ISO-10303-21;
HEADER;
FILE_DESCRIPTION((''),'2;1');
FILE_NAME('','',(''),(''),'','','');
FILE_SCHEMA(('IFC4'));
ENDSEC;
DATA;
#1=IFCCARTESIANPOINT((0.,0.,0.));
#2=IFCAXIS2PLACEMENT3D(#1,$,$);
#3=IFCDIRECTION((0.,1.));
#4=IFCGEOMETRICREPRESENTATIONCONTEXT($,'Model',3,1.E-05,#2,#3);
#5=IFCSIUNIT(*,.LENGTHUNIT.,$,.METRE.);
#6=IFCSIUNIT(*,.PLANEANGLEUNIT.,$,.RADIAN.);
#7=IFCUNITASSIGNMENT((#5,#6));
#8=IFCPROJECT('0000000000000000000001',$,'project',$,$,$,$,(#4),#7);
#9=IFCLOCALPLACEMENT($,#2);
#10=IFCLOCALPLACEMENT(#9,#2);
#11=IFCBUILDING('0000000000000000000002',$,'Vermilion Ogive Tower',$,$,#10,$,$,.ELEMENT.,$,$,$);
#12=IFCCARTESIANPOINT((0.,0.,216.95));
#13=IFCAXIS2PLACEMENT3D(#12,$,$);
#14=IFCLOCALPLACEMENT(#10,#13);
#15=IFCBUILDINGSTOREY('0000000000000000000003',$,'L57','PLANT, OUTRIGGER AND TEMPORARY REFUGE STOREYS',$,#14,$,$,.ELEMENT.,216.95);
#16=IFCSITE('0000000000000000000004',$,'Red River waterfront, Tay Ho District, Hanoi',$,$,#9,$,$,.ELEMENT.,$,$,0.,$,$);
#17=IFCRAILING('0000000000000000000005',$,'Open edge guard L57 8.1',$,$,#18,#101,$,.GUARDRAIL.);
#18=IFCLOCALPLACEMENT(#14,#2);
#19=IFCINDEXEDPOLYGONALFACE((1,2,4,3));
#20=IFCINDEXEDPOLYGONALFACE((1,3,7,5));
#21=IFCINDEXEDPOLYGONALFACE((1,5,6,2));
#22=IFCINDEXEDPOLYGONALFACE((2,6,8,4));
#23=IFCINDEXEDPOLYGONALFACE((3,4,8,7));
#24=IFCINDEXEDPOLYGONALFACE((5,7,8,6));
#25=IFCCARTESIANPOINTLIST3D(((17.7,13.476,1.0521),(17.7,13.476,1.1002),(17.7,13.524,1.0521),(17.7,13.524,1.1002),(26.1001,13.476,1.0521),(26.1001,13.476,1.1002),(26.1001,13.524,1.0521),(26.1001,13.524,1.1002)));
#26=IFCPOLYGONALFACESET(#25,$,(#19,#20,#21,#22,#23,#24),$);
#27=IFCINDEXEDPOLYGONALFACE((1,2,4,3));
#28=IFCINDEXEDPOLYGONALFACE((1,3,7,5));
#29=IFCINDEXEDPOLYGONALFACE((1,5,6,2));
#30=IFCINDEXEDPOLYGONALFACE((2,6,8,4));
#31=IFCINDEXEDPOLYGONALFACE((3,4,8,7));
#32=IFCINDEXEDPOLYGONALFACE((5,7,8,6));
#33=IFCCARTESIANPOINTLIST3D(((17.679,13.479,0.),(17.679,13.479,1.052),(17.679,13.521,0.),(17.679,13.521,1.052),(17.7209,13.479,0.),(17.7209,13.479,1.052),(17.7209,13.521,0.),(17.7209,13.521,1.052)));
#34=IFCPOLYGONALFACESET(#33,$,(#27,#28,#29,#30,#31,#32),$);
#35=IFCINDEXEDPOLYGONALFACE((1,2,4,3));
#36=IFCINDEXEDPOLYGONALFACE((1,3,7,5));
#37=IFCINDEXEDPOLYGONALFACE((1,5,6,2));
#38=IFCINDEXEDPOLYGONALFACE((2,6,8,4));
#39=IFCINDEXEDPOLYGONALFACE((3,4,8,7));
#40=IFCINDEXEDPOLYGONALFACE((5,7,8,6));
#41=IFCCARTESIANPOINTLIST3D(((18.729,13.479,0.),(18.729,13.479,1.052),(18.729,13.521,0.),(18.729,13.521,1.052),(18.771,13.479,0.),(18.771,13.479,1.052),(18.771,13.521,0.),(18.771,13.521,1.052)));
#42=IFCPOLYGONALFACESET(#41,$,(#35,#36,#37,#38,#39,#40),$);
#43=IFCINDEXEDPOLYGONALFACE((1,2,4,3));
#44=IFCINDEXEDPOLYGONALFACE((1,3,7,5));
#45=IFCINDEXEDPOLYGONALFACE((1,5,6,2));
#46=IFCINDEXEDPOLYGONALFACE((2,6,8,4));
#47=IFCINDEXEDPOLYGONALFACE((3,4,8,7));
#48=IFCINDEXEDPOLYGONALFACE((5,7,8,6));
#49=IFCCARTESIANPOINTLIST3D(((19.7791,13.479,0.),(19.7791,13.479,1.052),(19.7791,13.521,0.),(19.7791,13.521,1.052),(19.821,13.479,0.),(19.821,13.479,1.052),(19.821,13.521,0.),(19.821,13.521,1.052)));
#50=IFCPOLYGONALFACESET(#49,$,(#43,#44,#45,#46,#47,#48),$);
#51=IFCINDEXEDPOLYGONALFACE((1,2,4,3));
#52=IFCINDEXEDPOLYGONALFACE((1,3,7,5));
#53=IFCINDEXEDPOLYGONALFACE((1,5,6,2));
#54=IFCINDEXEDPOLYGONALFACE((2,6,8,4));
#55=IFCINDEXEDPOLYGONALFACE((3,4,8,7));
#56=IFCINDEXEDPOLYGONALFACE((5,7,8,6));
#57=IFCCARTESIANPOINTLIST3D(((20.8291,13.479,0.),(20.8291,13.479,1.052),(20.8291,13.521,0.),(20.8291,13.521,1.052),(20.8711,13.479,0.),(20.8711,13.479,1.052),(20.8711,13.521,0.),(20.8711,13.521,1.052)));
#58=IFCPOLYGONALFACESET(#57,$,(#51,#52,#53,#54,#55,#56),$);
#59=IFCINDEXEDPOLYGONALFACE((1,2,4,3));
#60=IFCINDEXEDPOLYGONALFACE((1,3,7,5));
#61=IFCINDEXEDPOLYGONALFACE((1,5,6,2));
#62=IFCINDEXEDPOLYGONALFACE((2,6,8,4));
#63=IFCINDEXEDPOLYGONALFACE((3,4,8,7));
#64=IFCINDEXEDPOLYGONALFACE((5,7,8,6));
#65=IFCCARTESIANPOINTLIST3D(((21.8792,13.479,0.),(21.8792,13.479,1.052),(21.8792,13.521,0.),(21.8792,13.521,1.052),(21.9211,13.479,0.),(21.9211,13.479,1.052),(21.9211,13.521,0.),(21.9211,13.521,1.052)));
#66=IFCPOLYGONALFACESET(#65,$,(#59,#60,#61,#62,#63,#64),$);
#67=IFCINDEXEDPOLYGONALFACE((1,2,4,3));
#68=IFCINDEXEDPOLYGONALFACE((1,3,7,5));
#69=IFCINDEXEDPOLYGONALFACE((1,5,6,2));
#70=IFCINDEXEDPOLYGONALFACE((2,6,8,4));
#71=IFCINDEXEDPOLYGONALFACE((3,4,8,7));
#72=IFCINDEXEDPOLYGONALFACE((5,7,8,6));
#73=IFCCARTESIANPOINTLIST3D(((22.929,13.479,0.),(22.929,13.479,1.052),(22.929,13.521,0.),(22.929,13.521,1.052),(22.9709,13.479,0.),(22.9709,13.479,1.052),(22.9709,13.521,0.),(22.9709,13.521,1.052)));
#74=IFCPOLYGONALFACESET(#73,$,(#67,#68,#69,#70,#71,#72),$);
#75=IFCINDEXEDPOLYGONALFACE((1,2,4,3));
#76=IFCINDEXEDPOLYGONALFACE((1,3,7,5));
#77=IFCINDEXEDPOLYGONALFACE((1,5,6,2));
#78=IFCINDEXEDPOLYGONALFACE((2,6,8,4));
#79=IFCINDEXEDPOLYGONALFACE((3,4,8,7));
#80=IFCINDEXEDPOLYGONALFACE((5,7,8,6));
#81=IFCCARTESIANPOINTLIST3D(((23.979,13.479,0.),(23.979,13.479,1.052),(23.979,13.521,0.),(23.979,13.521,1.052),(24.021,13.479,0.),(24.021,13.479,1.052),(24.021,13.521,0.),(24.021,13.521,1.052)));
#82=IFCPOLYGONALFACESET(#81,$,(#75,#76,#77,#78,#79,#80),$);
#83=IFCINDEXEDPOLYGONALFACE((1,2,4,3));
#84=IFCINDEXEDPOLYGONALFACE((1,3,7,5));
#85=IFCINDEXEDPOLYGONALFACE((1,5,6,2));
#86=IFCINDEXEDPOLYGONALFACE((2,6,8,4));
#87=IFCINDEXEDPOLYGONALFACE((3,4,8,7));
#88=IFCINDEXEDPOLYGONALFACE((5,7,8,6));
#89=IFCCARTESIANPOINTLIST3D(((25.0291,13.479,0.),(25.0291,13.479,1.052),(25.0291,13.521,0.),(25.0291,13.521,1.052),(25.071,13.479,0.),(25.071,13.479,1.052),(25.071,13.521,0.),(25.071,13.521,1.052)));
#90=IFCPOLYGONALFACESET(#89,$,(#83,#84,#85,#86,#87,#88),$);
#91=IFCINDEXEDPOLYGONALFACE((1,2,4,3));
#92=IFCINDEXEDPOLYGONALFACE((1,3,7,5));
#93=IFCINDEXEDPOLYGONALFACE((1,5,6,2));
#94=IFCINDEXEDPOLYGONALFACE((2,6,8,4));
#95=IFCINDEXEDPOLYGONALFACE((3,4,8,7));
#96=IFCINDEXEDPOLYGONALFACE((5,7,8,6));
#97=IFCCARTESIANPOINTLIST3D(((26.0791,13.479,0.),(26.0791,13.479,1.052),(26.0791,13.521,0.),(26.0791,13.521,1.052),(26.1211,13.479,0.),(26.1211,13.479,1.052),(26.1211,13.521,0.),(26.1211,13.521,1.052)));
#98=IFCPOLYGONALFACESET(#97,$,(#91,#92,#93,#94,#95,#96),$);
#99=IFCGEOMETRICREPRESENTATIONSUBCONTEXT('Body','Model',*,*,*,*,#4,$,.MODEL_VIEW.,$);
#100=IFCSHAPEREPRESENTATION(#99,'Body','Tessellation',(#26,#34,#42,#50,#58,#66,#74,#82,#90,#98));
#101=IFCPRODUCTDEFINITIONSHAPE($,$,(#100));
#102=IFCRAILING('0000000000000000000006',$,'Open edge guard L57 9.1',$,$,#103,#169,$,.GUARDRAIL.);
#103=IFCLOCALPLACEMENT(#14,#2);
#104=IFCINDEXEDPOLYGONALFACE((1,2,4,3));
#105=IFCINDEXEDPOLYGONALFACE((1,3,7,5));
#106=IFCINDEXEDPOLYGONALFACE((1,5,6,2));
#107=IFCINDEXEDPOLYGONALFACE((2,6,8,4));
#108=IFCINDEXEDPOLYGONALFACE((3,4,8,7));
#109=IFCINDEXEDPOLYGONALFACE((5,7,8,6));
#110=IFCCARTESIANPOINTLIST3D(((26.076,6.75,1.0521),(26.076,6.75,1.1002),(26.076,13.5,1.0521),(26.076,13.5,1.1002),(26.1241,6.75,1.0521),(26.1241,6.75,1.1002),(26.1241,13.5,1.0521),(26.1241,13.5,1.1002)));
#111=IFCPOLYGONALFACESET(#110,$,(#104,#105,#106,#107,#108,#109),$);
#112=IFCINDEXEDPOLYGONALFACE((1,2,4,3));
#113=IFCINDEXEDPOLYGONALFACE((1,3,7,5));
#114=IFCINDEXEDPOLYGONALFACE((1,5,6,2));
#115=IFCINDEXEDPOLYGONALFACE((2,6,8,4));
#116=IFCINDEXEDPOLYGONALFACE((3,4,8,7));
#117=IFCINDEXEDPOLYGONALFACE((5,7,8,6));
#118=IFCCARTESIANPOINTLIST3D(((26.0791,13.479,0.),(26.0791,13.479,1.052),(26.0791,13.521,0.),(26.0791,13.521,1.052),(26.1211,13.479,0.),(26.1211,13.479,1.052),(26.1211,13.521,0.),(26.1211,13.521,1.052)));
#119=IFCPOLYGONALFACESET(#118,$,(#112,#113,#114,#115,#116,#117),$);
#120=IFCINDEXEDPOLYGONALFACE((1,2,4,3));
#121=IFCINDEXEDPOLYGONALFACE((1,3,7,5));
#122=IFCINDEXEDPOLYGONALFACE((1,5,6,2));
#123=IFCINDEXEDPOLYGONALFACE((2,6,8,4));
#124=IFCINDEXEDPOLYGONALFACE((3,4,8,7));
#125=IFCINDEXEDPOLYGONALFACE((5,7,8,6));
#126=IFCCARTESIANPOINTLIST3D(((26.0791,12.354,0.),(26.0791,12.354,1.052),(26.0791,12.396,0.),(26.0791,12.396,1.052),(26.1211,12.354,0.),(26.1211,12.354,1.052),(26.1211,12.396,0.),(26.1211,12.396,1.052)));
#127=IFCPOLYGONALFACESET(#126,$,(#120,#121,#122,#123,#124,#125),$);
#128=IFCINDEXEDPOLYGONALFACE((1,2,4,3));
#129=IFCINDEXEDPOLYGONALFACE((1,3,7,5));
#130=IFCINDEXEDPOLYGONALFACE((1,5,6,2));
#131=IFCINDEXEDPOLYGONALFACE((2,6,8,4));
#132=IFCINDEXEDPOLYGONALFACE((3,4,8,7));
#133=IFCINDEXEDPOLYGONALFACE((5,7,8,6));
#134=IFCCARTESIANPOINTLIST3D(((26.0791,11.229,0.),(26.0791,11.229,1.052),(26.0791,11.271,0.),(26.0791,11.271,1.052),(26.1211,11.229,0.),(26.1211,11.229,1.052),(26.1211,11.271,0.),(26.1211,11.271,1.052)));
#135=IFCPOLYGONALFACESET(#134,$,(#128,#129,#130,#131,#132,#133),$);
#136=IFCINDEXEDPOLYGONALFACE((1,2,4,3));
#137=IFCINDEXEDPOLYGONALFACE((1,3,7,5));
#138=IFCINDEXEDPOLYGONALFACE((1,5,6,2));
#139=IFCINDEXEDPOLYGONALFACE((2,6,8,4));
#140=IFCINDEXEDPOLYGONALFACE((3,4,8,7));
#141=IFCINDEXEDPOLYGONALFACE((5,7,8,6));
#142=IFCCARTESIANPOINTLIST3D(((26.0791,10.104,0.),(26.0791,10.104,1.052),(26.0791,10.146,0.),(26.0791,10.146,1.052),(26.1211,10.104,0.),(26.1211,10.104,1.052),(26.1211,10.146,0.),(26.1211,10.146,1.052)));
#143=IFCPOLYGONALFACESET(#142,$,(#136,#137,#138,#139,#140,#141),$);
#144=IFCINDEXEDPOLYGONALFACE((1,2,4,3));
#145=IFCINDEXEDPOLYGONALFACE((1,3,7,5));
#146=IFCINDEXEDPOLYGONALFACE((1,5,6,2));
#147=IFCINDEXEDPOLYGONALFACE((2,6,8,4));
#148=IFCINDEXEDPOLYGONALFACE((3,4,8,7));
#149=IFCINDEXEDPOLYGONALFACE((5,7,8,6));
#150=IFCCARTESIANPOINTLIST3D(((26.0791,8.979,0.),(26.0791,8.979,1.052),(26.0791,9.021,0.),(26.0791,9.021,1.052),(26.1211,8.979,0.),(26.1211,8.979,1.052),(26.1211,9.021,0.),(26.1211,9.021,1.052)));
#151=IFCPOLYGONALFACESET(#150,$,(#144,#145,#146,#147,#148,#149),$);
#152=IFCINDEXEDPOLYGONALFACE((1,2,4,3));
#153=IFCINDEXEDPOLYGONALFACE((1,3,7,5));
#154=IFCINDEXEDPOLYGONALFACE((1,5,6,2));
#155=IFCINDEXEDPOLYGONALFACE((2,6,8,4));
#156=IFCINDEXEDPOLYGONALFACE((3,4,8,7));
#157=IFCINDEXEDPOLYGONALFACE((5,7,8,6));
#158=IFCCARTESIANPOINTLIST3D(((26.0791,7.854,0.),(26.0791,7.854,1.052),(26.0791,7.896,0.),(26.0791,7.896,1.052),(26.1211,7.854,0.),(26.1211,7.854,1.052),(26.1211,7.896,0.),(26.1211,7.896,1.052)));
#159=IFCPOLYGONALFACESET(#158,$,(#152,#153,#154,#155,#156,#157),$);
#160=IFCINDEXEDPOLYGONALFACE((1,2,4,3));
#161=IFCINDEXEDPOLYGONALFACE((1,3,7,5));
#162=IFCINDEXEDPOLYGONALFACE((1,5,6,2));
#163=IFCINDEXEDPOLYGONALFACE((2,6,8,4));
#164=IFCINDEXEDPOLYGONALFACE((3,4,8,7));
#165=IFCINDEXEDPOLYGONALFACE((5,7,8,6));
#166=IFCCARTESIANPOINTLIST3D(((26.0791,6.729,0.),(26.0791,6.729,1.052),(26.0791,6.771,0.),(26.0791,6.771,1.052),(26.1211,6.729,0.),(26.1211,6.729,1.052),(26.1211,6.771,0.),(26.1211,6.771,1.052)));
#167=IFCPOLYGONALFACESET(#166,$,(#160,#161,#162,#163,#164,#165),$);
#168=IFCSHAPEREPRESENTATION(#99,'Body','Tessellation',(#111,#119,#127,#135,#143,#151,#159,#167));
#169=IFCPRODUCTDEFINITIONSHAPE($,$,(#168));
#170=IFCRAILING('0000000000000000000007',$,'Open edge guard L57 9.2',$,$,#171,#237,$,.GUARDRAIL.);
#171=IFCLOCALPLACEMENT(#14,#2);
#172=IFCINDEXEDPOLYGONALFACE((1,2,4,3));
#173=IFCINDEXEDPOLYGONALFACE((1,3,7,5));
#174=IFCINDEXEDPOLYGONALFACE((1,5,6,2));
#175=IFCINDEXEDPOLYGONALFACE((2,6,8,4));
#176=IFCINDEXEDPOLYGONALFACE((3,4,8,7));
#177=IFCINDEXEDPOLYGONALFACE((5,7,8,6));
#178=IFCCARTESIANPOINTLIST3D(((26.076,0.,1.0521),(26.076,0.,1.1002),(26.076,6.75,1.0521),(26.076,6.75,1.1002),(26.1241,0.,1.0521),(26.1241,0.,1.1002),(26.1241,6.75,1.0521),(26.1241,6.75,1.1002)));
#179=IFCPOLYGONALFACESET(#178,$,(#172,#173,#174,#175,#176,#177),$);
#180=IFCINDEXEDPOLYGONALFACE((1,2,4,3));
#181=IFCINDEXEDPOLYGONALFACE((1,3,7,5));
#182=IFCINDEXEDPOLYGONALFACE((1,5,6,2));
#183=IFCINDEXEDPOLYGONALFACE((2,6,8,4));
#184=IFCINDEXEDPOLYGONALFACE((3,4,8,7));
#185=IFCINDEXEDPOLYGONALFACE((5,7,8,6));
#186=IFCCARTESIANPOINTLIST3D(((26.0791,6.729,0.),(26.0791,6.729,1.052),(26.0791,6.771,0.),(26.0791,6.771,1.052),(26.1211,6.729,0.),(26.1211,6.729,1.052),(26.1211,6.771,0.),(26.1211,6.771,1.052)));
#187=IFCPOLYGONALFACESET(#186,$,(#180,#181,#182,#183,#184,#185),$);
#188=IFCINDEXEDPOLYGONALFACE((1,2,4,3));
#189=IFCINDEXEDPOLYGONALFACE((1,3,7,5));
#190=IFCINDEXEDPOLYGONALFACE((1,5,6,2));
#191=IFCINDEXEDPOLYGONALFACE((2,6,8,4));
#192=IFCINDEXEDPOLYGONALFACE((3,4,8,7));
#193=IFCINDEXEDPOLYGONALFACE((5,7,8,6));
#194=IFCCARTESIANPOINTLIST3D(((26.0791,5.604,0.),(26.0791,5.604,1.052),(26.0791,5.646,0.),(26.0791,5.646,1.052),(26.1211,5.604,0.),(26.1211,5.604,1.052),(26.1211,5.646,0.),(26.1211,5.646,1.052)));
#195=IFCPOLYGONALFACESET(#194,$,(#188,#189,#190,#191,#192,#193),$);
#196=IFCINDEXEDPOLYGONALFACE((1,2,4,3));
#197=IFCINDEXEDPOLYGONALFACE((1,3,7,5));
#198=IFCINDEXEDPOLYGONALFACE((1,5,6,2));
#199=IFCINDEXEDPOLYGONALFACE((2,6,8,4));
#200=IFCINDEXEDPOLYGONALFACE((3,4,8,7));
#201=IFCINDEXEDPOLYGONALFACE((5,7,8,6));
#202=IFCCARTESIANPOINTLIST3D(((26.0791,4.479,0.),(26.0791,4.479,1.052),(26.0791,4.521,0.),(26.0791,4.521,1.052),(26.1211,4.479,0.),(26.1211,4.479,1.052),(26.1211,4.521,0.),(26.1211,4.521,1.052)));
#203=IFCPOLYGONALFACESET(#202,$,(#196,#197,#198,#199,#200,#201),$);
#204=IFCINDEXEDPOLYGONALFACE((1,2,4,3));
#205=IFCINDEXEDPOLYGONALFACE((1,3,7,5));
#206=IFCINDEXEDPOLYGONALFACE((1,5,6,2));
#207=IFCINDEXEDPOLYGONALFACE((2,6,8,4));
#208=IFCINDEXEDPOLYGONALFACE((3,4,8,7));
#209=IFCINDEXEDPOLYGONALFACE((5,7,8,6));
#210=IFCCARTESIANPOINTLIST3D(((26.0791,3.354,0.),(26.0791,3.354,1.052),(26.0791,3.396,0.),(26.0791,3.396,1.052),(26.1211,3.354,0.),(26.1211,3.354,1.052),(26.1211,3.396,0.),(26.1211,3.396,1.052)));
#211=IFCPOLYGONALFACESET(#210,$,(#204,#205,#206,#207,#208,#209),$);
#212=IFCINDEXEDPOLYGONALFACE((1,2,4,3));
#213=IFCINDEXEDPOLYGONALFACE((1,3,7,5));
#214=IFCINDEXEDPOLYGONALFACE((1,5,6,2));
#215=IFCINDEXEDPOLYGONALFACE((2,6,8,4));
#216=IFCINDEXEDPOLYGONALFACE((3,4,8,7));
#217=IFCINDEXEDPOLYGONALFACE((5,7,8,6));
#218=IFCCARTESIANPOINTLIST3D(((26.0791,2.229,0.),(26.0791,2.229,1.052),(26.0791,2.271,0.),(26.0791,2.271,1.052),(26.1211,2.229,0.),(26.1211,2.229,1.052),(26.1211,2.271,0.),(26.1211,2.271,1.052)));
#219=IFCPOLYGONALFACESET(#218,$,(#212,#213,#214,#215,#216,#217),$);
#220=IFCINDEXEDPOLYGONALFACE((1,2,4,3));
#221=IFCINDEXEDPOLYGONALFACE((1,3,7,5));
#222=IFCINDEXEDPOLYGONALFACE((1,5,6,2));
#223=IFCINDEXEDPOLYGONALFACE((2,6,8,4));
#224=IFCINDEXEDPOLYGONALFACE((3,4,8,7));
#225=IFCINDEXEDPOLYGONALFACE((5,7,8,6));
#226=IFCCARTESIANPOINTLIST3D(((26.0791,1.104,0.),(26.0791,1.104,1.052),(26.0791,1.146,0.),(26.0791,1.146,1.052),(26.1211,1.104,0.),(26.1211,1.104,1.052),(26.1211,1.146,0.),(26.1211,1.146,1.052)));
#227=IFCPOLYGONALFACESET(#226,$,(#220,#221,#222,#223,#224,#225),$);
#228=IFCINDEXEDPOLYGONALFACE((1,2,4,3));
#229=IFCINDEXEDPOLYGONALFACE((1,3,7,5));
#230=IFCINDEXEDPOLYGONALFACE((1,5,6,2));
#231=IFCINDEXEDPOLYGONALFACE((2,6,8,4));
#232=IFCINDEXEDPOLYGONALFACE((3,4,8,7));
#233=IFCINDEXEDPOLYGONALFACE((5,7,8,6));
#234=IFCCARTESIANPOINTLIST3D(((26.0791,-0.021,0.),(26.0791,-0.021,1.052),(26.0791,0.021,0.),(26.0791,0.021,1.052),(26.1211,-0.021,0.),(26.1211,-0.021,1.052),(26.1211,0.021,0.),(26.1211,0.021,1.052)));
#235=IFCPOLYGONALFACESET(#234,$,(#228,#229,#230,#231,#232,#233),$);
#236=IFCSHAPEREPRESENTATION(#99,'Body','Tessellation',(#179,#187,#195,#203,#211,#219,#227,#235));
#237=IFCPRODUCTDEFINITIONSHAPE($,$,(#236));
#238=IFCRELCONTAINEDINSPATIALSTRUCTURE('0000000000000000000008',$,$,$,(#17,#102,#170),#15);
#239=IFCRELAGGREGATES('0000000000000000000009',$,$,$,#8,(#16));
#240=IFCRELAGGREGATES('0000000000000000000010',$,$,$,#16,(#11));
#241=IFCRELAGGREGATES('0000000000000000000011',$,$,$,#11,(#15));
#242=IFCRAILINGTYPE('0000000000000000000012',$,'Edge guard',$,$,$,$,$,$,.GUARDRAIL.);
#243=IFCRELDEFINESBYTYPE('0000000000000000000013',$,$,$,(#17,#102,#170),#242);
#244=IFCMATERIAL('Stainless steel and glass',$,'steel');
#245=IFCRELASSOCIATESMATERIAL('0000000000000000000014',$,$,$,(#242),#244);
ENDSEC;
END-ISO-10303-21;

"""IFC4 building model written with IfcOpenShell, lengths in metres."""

from ifc_helpers import new_model, si_unit, direction, frame, origin, origin_2d, place, context, subcontext, project, spatial, rectangle, extrude, material, type_object, element, save


model = new_model("IFC4")

# Units and contexts
model_context = context("Model", 3, precision=1e-05, world=origin(), true_north=direction((0.0, 1.0)))
body_context = subcontext(model_context, "Body", "Model", "MODEL_VIEW")
ifc_project = project(units=[si_unit("LENGTHUNIT", "METRE"), si_unit("PLANEANGLEUNIT", "RADIAN")], contexts=[model_context])

# Site, building, storey
site_placement = place(None, origin())
site = spatial("IfcSite", under=ifc_project, at=site_placement, Name="Red River waterfront, Tay Ho District, Hanoi", CompositionType="ELEMENT", RefElevation=0.0)
building_placement = place(site_placement, origin())
building = spatial("IfcBuilding", under=site, at=building_placement, Name="Vermilion Ogive Tower", CompositionType="ELEMENT")
storey_placement = place(building_placement, frame((0.0, 0.0, 216.95)))
storey = spatial("IfcBuildingStorey", under=building, at=storey_placement, Name="L57", Description="PLANT, OUTRIGGER AND TEMPORARY REFUGE STOREYS", CompositionType="ELEMENT", Elevation=216.95)

# Railings
ifc_material_1 = material(Name="Stainless steel and glass", Category="steel")
railing_type = type_object("IfcRailingType", Name="Edge guard", PredefinedType="GUARDRAIL", material=ifc_material_1)
railing_1_placement = place(storey_placement, frame((17.7, 13.5, 0.0)))
element("IfcRailing", 1, at=railing_1_placement, inside=storey, type_object=railing_type, Name="Open edge guard L57 8.1", PredefinedType="GUARDRAIL", context=body_context, shape_type="SweptSolid", body=[
    extrude(rectangle(XDim=0.0481, YDim=0.0481, at=origin_2d()), frame((0.0, 0.0, 1.0762), z_axis=(1.0, 0.0, 0.0), x_axis=(0.0, 1.0, 0.0)), (0.0, 0.0, 1.0), 8.4001),
    extrude(rectangle(XDim=0.042, YDim=0.042, at=origin_2d()), origin(), (0.0, 0.0, 1.0), 1.052),
    extrude(rectangle(XDim=0.042, YDim=0.042, at=origin_2d()), frame((1.05, 0.0, 0.0)), (0.0, 0.0, 1.0), 1.052),
    extrude(rectangle(XDim=0.042, YDim=0.042, at=origin_2d()), frame((2.1001, 0.0, 0.0)), (0.0, 0.0, 1.0), 1.052),
    extrude(rectangle(XDim=0.042, YDim=0.042, at=origin_2d()), frame((3.1501, 0.0, 0.0)), (0.0, 0.0, 1.0), 1.052),
    extrude(rectangle(XDim=0.042, YDim=0.042, at=origin_2d()), frame((4.2002, 0.0, 0.0)), (0.0, 0.0, 1.0), 1.052),
    extrude(rectangle(XDim=0.042, YDim=0.042, at=origin_2d()), frame((5.25, 0.0, 0.0)), (0.0, 0.0, 1.0), 1.052),
    extrude(rectangle(XDim=0.042, YDim=0.042, at=origin_2d()), frame((6.3, 0.0, 0.0)), (0.0, 0.0, 1.0), 1.052),
    extrude(rectangle(XDim=0.042, YDim=0.042, at=origin_2d()), frame((7.3501, 0.0, 0.0)), (0.0, 0.0, 1.0), 1.052),
    extrude(rectangle(XDim=0.042, YDim=0.042, at=origin_2d()), frame((8.4001, 0.0, 0.0)), (0.0, 0.0, 1.0), 1.052),
])
for number, where, name in (
    (2, (26.1001, 13.5, 0.0), "Open edge guard L57 9.1"),
    (3, (26.1001, 6.75, 0.0), "Open edge guard L57 9.2"),
):
    element("IfcRailing", number, at=place(storey_placement, frame(where)), inside=storey, type_object=railing_type, Name=name, PredefinedType="GUARDRAIL", context=body_context, shape_type="SweptSolid", body=[
        extrude(rectangle(XDim=0.0481, YDim=0.0481, at=origin_2d()), frame((0.0, 0.0, 1.0762), z_axis=(0.0, -1.0, 0.0), x_axis=(1.0, 0.0, 0.0)), (0.0, 0.0, 1.0), 6.75),
        extrude(rectangle(XDim=0.042, YDim=0.042, at=origin_2d()), origin(), (0.0, 0.0, 1.0), 1.052),
        extrude(rectangle(XDim=0.042, YDim=0.042, at=origin_2d()), frame((0.0, -1.125, 0.0)), (0.0, 0.0, 1.0), 1.052),
        extrude(rectangle(XDim=0.042, YDim=0.042, at=origin_2d()), frame((0.0, -2.25, 0.0)), (0.0, 0.0, 1.0), 1.052),
        extrude(rectangle(XDim=0.042, YDim=0.042, at=origin_2d()), frame((0.0, -3.375, 0.0)), (0.0, 0.0, 1.0), 1.052),
        extrude(rectangle(XDim=0.042, YDim=0.042, at=origin_2d()), frame((0.0, -4.5, 0.0)), (0.0, 0.0, 1.0), 1.052),
        extrude(rectangle(XDim=0.042, YDim=0.042, at=origin_2d()), frame((0.0, -5.625, 0.0)), (0.0, 0.0, 1.0), 1.052),
        extrude(rectangle(XDim=0.042, YDim=0.042, at=origin_2d()), frame((0.0, -6.75, 0.0)), (0.0, 0.0, 1.0), 1.052),
    ])

save(model, "model.ifc")
